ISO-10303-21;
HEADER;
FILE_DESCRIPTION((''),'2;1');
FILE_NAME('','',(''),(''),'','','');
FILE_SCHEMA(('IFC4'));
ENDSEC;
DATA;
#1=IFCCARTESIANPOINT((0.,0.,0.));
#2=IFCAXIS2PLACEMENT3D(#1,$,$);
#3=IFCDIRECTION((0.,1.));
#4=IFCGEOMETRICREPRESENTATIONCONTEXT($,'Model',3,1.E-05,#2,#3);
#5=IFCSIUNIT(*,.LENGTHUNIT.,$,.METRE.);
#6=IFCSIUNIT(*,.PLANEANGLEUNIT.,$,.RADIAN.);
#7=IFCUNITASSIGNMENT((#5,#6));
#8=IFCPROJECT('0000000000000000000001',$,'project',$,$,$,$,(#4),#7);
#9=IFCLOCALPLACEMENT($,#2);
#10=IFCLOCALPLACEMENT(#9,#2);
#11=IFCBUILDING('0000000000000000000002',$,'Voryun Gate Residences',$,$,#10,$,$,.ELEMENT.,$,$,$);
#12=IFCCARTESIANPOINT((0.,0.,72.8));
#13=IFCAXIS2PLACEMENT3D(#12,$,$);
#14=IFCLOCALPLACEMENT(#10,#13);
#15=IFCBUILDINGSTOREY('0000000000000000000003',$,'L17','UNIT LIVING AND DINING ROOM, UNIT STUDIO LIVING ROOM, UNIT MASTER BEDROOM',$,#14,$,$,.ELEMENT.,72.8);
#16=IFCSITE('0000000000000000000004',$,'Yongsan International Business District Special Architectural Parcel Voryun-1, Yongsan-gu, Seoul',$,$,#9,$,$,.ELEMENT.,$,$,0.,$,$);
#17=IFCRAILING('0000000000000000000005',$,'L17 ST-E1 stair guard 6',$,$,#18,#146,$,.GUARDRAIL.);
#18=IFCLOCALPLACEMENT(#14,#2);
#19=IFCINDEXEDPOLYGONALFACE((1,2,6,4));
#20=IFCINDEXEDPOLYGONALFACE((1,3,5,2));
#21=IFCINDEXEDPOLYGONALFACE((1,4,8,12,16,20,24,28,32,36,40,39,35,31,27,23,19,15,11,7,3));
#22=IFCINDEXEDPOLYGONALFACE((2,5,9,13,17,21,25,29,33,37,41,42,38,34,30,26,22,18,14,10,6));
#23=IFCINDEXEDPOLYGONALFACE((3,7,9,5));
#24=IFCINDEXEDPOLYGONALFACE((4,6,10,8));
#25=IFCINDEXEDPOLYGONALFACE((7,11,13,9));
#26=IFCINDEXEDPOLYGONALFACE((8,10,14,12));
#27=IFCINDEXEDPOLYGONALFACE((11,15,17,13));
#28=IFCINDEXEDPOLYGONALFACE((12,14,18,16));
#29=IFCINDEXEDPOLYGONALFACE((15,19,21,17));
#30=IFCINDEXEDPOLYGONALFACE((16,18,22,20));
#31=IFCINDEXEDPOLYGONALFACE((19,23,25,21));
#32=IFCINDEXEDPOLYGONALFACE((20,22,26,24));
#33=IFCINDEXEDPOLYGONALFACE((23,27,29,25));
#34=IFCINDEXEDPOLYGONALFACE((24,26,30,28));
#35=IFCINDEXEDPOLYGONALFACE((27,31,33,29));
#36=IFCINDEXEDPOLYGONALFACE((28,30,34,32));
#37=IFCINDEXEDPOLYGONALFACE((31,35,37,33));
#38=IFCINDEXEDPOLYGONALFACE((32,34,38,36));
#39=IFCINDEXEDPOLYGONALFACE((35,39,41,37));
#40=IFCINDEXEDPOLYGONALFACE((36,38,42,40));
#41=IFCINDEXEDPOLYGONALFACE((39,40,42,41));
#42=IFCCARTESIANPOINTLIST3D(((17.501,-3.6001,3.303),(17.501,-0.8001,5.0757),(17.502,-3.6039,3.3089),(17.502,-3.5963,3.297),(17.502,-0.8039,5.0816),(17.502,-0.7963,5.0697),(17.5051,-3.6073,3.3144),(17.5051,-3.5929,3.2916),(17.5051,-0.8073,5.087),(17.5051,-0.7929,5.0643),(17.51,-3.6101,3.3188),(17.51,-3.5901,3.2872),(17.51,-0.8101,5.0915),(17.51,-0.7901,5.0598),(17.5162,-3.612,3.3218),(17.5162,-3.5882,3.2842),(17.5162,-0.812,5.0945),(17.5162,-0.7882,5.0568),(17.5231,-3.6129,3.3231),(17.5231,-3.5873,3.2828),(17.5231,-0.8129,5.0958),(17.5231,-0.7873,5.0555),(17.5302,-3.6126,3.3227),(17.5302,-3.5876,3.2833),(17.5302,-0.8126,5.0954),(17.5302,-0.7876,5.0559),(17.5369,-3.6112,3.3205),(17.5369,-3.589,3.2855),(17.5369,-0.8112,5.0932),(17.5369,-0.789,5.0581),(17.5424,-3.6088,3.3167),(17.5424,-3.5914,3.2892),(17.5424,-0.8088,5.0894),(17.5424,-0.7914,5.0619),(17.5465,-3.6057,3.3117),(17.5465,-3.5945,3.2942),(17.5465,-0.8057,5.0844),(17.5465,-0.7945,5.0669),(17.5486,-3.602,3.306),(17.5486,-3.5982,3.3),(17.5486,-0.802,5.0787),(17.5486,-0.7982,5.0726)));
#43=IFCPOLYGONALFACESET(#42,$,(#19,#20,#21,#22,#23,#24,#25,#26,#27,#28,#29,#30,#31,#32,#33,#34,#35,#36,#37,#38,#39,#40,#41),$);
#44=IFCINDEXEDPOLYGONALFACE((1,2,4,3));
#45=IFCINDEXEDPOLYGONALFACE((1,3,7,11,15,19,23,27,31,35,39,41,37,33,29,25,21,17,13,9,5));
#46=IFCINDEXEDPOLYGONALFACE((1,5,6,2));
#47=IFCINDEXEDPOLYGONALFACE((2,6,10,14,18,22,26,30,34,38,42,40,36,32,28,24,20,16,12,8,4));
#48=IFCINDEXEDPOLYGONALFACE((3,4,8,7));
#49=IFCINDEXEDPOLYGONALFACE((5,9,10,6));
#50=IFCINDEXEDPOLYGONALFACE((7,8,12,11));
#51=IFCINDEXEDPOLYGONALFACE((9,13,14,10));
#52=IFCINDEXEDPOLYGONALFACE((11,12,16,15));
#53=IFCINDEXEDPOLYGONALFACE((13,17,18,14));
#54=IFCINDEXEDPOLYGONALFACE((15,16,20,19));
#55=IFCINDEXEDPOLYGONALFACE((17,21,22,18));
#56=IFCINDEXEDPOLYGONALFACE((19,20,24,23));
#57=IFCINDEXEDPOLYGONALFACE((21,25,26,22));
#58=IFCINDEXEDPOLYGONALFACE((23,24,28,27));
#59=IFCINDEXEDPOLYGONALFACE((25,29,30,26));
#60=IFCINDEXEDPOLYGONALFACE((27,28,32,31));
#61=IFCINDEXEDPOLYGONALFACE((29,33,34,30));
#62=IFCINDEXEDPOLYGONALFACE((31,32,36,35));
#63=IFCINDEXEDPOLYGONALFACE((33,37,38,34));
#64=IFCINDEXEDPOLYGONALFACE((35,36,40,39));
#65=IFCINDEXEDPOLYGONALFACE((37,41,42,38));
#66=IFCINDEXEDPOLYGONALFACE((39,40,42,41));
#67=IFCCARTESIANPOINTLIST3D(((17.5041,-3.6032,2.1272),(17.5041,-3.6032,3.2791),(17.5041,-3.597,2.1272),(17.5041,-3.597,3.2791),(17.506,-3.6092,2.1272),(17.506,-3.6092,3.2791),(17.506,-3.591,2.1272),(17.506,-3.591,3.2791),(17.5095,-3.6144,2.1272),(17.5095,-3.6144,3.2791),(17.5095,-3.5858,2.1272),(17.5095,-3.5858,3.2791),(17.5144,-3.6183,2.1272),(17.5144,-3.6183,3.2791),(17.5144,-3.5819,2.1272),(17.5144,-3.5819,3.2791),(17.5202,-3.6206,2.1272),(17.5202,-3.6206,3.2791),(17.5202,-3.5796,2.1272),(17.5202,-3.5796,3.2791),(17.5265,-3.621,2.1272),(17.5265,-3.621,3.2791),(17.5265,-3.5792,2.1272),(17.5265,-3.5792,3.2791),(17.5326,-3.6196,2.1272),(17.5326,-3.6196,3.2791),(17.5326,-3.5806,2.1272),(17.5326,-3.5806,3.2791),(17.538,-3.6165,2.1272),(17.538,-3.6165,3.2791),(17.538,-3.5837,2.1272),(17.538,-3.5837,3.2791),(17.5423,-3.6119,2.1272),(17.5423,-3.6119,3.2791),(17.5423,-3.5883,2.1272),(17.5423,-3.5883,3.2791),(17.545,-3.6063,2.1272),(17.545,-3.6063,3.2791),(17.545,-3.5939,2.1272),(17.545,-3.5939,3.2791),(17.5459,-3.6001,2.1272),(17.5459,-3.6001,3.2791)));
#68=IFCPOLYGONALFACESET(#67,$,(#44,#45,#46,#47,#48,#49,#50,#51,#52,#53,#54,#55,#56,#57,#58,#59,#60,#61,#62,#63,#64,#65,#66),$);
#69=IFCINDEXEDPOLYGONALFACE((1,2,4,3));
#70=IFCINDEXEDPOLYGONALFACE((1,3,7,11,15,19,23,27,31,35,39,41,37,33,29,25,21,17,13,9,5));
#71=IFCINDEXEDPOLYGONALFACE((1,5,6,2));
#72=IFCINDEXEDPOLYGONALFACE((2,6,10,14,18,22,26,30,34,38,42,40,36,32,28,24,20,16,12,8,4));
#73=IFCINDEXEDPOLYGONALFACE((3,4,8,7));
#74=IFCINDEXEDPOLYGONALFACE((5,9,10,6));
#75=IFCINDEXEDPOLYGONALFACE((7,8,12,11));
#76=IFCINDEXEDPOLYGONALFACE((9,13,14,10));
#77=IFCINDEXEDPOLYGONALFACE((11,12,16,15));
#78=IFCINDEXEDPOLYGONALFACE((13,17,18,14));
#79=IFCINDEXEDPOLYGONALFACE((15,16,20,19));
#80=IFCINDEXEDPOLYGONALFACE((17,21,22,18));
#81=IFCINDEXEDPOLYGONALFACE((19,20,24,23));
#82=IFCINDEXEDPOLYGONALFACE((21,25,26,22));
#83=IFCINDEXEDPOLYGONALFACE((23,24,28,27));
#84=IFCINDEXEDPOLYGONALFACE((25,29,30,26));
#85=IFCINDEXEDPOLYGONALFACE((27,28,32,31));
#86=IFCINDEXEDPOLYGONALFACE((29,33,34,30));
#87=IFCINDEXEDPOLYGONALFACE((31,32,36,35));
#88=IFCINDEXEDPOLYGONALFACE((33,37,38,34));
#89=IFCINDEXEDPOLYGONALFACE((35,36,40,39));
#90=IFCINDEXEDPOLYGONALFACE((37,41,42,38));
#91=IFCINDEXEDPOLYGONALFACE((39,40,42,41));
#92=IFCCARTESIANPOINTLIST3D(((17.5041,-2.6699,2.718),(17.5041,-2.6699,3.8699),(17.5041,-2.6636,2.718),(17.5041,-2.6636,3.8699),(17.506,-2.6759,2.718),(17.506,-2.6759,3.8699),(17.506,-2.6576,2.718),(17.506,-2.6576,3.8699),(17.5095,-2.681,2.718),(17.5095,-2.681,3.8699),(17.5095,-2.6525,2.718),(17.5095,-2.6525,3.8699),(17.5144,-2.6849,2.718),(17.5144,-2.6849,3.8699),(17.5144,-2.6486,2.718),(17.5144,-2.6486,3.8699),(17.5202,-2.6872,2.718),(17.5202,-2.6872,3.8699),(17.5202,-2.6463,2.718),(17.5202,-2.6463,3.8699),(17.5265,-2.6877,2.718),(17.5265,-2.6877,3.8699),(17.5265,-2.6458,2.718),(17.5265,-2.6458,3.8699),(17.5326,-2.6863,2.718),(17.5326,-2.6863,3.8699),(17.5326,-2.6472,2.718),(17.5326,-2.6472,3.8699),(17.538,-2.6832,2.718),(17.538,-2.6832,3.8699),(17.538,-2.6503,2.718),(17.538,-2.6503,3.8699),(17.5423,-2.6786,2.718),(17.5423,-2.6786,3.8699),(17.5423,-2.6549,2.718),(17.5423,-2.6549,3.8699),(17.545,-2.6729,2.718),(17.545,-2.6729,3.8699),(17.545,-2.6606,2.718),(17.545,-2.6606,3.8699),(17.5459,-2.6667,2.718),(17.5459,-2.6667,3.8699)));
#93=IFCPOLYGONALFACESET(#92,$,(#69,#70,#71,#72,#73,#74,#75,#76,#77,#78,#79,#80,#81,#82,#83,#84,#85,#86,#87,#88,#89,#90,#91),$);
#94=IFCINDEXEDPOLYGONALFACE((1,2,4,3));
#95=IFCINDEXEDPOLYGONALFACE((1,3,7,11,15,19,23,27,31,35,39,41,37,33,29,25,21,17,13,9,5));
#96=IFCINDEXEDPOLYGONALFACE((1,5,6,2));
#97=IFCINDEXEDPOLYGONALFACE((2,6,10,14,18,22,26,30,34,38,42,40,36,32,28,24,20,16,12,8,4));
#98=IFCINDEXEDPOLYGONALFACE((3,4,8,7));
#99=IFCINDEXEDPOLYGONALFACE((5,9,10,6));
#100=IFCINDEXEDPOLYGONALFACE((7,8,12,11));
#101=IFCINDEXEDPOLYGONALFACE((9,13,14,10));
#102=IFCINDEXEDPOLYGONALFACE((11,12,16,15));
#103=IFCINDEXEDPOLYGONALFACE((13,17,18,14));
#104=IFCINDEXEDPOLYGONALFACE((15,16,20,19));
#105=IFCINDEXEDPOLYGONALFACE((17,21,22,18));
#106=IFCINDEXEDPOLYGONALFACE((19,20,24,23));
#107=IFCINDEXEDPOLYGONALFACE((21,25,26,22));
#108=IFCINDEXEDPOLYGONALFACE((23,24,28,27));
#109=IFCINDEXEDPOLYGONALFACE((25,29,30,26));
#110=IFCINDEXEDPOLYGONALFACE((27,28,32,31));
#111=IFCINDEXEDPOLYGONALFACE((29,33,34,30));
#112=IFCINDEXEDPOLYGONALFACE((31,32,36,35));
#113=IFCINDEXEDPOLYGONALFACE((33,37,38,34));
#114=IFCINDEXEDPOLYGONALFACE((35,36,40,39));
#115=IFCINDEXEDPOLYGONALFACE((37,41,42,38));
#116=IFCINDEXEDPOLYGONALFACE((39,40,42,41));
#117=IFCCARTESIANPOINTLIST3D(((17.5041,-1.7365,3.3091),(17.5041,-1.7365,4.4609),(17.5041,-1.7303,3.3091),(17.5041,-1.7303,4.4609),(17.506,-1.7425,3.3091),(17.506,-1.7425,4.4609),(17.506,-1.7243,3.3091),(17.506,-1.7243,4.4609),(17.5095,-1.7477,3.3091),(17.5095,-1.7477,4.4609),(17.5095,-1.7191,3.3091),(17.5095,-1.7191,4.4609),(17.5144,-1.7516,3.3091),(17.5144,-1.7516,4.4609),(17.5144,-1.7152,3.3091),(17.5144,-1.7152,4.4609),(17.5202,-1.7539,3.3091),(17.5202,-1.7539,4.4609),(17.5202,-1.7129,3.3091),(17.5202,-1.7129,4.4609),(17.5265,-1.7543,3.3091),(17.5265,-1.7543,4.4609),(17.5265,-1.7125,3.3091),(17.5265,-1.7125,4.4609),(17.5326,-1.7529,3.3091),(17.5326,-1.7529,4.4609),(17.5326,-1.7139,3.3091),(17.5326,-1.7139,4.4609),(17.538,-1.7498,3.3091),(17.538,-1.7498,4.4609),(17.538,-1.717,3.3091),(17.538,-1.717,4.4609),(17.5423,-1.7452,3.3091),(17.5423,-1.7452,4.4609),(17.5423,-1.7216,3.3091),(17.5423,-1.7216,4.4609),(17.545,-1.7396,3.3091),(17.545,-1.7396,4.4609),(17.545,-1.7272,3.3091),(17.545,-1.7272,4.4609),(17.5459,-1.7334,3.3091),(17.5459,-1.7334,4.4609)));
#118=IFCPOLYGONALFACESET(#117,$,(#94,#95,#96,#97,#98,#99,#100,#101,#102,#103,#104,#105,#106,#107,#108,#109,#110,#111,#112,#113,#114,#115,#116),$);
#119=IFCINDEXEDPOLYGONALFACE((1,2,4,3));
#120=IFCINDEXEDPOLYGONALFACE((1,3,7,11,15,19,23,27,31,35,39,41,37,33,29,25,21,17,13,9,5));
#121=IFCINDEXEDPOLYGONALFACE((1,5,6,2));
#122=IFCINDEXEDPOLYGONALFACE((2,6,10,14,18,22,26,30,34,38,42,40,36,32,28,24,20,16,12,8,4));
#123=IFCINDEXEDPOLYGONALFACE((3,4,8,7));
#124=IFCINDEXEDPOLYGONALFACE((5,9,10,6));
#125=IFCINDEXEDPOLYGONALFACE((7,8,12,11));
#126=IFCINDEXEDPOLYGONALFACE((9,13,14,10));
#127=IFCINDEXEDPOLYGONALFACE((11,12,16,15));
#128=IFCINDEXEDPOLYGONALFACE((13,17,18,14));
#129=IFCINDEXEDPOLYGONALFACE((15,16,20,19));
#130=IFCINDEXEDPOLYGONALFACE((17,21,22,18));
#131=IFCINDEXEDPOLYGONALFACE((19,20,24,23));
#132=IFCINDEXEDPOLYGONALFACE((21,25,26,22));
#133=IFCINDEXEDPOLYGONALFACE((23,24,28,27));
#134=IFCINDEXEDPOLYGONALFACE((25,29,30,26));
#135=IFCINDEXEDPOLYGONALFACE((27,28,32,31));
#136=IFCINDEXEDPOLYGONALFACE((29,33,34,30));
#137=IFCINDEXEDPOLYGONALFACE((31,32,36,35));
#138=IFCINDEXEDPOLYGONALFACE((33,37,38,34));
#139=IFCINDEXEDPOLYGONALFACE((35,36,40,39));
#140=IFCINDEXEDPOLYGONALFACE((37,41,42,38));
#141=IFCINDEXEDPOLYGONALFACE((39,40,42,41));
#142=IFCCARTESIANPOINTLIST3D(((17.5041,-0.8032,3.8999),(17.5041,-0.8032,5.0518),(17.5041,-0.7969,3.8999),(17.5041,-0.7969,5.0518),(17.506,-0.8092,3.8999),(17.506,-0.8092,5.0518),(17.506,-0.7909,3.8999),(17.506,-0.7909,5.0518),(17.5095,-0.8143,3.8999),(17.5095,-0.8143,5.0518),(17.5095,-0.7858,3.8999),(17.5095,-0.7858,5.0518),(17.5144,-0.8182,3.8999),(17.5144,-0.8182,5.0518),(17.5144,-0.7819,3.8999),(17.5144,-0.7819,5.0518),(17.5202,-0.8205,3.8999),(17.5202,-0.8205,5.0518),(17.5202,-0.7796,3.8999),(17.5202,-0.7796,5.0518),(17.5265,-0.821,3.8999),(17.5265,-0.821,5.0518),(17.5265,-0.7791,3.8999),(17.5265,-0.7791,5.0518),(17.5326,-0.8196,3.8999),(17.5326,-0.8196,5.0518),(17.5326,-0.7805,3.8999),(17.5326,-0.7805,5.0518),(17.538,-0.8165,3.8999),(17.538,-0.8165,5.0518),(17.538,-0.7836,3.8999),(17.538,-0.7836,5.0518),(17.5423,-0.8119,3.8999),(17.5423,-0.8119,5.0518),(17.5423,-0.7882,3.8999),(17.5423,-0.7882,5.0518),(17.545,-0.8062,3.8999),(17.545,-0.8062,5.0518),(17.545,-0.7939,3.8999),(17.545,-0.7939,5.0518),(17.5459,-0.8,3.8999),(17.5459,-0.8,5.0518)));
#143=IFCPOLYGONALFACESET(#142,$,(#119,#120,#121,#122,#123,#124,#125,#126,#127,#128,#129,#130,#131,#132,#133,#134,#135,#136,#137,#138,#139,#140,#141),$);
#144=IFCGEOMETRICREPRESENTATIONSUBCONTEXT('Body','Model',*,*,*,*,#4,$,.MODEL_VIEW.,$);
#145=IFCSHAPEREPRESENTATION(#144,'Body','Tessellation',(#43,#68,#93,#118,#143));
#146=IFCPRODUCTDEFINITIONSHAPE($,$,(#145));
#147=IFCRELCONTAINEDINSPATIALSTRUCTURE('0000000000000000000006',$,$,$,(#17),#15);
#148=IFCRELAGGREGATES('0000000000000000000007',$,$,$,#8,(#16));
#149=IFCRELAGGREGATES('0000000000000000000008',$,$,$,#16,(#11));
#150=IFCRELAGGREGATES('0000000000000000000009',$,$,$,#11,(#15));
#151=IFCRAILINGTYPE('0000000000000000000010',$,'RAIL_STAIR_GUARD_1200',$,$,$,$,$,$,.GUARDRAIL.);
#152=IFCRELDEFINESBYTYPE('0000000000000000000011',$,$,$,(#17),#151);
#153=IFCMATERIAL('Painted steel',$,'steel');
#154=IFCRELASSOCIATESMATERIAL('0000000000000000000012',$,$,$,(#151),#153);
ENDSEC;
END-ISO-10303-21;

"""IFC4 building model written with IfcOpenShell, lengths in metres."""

from ifc_helpers import new_model, si_unit, direction, frame, origin, origin_2d, place, context, subcontext, project, spatial, circle, extrude, material, type_object, element, save


model = new_model("IFC4")

# Units and contexts
model_context = context("Model", 3, precision=1e-05, world=origin(), true_north=direction((0.0, 1.0)))
body_context = subcontext(model_context, "Body", "Model", "MODEL_VIEW")
ifc_project = project(units=[si_unit("LENGTHUNIT", "METRE"), si_unit("PLANEANGLEUNIT", "RADIAN")], contexts=[model_context])

# Site, building, storey
site_placement = place(None, origin())
site = spatial("IfcSite", under=ifc_project, at=site_placement, Name="Yongsan International Business District Special Architectural Parcel Voryun-1, Yongsan-gu, Seoul", CompositionType="ELEMENT", RefElevation=0.0)
building_placement = place(site_placement, origin())
building = spatial("IfcBuilding", under=site, at=building_placement, Name="Voryun Gate Residences", CompositionType="ELEMENT")
storey_placement = place(building_placement, frame((0.0, 0.0, 72.8)))
storey = spatial("IfcBuildingStorey", under=building, at=storey_placement, Name="L17", Description="UNIT LIVING AND DINING ROOM, UNIT STUDIO LIVING ROOM, UNIT MASTER BEDROOM", CompositionType="ELEMENT", Elevation=72.8)

# Railing
ifc_material_1 = material(Name="Painted steel", Category="steel")
railing_type_1 = type_object("IfcRailingType", Name="RAIL_STAIR_GUARD_1200", PredefinedType="GUARDRAIL", material=ifc_material_1)
railing_1_placement = place(storey_placement, frame((17.5249, -3.6001, 2.1272)))
element("IfcRailing", 1, at=railing_1_placement, inside=storey, type_object=railing_type_1, Name="L17 ST-E1 stair guard 6", PredefinedType="GUARDRAIL", context=body_context, shape_type="SweptSolid", body=[
    extrude(circle(Radius=0.0239, at=origin_2d()), frame((0.0, 0.0, 1.1758), z_axis=(0.0, 0.844909, 0.53491), x_axis=(-1.0, 0.0, 0.0)), (0.0, 0.0, 1.0), 3.314),
    extrude(circle(Radius=0.021, at=origin_2d()), origin(), (0.0, 0.0, 1.0), 1.1519),
    extrude(circle(Radius=0.021, at=origin_2d()), frame((0.0, 0.9333, 0.5908)), (0.0, 0.0, 1.0), 1.1519),
    extrude(circle(Radius=0.021, at=origin_2d()), frame((0.0, 1.8667, 1.1819)), (0.0, 0.0, 1.0), 1.1519),
    extrude(circle(Radius=0.021, at=origin_2d()), frame((0.0, 2.8, 1.7727)), (0.0, 0.0, 1.0), 1.1519),
])

save(model, "model.ifc")
